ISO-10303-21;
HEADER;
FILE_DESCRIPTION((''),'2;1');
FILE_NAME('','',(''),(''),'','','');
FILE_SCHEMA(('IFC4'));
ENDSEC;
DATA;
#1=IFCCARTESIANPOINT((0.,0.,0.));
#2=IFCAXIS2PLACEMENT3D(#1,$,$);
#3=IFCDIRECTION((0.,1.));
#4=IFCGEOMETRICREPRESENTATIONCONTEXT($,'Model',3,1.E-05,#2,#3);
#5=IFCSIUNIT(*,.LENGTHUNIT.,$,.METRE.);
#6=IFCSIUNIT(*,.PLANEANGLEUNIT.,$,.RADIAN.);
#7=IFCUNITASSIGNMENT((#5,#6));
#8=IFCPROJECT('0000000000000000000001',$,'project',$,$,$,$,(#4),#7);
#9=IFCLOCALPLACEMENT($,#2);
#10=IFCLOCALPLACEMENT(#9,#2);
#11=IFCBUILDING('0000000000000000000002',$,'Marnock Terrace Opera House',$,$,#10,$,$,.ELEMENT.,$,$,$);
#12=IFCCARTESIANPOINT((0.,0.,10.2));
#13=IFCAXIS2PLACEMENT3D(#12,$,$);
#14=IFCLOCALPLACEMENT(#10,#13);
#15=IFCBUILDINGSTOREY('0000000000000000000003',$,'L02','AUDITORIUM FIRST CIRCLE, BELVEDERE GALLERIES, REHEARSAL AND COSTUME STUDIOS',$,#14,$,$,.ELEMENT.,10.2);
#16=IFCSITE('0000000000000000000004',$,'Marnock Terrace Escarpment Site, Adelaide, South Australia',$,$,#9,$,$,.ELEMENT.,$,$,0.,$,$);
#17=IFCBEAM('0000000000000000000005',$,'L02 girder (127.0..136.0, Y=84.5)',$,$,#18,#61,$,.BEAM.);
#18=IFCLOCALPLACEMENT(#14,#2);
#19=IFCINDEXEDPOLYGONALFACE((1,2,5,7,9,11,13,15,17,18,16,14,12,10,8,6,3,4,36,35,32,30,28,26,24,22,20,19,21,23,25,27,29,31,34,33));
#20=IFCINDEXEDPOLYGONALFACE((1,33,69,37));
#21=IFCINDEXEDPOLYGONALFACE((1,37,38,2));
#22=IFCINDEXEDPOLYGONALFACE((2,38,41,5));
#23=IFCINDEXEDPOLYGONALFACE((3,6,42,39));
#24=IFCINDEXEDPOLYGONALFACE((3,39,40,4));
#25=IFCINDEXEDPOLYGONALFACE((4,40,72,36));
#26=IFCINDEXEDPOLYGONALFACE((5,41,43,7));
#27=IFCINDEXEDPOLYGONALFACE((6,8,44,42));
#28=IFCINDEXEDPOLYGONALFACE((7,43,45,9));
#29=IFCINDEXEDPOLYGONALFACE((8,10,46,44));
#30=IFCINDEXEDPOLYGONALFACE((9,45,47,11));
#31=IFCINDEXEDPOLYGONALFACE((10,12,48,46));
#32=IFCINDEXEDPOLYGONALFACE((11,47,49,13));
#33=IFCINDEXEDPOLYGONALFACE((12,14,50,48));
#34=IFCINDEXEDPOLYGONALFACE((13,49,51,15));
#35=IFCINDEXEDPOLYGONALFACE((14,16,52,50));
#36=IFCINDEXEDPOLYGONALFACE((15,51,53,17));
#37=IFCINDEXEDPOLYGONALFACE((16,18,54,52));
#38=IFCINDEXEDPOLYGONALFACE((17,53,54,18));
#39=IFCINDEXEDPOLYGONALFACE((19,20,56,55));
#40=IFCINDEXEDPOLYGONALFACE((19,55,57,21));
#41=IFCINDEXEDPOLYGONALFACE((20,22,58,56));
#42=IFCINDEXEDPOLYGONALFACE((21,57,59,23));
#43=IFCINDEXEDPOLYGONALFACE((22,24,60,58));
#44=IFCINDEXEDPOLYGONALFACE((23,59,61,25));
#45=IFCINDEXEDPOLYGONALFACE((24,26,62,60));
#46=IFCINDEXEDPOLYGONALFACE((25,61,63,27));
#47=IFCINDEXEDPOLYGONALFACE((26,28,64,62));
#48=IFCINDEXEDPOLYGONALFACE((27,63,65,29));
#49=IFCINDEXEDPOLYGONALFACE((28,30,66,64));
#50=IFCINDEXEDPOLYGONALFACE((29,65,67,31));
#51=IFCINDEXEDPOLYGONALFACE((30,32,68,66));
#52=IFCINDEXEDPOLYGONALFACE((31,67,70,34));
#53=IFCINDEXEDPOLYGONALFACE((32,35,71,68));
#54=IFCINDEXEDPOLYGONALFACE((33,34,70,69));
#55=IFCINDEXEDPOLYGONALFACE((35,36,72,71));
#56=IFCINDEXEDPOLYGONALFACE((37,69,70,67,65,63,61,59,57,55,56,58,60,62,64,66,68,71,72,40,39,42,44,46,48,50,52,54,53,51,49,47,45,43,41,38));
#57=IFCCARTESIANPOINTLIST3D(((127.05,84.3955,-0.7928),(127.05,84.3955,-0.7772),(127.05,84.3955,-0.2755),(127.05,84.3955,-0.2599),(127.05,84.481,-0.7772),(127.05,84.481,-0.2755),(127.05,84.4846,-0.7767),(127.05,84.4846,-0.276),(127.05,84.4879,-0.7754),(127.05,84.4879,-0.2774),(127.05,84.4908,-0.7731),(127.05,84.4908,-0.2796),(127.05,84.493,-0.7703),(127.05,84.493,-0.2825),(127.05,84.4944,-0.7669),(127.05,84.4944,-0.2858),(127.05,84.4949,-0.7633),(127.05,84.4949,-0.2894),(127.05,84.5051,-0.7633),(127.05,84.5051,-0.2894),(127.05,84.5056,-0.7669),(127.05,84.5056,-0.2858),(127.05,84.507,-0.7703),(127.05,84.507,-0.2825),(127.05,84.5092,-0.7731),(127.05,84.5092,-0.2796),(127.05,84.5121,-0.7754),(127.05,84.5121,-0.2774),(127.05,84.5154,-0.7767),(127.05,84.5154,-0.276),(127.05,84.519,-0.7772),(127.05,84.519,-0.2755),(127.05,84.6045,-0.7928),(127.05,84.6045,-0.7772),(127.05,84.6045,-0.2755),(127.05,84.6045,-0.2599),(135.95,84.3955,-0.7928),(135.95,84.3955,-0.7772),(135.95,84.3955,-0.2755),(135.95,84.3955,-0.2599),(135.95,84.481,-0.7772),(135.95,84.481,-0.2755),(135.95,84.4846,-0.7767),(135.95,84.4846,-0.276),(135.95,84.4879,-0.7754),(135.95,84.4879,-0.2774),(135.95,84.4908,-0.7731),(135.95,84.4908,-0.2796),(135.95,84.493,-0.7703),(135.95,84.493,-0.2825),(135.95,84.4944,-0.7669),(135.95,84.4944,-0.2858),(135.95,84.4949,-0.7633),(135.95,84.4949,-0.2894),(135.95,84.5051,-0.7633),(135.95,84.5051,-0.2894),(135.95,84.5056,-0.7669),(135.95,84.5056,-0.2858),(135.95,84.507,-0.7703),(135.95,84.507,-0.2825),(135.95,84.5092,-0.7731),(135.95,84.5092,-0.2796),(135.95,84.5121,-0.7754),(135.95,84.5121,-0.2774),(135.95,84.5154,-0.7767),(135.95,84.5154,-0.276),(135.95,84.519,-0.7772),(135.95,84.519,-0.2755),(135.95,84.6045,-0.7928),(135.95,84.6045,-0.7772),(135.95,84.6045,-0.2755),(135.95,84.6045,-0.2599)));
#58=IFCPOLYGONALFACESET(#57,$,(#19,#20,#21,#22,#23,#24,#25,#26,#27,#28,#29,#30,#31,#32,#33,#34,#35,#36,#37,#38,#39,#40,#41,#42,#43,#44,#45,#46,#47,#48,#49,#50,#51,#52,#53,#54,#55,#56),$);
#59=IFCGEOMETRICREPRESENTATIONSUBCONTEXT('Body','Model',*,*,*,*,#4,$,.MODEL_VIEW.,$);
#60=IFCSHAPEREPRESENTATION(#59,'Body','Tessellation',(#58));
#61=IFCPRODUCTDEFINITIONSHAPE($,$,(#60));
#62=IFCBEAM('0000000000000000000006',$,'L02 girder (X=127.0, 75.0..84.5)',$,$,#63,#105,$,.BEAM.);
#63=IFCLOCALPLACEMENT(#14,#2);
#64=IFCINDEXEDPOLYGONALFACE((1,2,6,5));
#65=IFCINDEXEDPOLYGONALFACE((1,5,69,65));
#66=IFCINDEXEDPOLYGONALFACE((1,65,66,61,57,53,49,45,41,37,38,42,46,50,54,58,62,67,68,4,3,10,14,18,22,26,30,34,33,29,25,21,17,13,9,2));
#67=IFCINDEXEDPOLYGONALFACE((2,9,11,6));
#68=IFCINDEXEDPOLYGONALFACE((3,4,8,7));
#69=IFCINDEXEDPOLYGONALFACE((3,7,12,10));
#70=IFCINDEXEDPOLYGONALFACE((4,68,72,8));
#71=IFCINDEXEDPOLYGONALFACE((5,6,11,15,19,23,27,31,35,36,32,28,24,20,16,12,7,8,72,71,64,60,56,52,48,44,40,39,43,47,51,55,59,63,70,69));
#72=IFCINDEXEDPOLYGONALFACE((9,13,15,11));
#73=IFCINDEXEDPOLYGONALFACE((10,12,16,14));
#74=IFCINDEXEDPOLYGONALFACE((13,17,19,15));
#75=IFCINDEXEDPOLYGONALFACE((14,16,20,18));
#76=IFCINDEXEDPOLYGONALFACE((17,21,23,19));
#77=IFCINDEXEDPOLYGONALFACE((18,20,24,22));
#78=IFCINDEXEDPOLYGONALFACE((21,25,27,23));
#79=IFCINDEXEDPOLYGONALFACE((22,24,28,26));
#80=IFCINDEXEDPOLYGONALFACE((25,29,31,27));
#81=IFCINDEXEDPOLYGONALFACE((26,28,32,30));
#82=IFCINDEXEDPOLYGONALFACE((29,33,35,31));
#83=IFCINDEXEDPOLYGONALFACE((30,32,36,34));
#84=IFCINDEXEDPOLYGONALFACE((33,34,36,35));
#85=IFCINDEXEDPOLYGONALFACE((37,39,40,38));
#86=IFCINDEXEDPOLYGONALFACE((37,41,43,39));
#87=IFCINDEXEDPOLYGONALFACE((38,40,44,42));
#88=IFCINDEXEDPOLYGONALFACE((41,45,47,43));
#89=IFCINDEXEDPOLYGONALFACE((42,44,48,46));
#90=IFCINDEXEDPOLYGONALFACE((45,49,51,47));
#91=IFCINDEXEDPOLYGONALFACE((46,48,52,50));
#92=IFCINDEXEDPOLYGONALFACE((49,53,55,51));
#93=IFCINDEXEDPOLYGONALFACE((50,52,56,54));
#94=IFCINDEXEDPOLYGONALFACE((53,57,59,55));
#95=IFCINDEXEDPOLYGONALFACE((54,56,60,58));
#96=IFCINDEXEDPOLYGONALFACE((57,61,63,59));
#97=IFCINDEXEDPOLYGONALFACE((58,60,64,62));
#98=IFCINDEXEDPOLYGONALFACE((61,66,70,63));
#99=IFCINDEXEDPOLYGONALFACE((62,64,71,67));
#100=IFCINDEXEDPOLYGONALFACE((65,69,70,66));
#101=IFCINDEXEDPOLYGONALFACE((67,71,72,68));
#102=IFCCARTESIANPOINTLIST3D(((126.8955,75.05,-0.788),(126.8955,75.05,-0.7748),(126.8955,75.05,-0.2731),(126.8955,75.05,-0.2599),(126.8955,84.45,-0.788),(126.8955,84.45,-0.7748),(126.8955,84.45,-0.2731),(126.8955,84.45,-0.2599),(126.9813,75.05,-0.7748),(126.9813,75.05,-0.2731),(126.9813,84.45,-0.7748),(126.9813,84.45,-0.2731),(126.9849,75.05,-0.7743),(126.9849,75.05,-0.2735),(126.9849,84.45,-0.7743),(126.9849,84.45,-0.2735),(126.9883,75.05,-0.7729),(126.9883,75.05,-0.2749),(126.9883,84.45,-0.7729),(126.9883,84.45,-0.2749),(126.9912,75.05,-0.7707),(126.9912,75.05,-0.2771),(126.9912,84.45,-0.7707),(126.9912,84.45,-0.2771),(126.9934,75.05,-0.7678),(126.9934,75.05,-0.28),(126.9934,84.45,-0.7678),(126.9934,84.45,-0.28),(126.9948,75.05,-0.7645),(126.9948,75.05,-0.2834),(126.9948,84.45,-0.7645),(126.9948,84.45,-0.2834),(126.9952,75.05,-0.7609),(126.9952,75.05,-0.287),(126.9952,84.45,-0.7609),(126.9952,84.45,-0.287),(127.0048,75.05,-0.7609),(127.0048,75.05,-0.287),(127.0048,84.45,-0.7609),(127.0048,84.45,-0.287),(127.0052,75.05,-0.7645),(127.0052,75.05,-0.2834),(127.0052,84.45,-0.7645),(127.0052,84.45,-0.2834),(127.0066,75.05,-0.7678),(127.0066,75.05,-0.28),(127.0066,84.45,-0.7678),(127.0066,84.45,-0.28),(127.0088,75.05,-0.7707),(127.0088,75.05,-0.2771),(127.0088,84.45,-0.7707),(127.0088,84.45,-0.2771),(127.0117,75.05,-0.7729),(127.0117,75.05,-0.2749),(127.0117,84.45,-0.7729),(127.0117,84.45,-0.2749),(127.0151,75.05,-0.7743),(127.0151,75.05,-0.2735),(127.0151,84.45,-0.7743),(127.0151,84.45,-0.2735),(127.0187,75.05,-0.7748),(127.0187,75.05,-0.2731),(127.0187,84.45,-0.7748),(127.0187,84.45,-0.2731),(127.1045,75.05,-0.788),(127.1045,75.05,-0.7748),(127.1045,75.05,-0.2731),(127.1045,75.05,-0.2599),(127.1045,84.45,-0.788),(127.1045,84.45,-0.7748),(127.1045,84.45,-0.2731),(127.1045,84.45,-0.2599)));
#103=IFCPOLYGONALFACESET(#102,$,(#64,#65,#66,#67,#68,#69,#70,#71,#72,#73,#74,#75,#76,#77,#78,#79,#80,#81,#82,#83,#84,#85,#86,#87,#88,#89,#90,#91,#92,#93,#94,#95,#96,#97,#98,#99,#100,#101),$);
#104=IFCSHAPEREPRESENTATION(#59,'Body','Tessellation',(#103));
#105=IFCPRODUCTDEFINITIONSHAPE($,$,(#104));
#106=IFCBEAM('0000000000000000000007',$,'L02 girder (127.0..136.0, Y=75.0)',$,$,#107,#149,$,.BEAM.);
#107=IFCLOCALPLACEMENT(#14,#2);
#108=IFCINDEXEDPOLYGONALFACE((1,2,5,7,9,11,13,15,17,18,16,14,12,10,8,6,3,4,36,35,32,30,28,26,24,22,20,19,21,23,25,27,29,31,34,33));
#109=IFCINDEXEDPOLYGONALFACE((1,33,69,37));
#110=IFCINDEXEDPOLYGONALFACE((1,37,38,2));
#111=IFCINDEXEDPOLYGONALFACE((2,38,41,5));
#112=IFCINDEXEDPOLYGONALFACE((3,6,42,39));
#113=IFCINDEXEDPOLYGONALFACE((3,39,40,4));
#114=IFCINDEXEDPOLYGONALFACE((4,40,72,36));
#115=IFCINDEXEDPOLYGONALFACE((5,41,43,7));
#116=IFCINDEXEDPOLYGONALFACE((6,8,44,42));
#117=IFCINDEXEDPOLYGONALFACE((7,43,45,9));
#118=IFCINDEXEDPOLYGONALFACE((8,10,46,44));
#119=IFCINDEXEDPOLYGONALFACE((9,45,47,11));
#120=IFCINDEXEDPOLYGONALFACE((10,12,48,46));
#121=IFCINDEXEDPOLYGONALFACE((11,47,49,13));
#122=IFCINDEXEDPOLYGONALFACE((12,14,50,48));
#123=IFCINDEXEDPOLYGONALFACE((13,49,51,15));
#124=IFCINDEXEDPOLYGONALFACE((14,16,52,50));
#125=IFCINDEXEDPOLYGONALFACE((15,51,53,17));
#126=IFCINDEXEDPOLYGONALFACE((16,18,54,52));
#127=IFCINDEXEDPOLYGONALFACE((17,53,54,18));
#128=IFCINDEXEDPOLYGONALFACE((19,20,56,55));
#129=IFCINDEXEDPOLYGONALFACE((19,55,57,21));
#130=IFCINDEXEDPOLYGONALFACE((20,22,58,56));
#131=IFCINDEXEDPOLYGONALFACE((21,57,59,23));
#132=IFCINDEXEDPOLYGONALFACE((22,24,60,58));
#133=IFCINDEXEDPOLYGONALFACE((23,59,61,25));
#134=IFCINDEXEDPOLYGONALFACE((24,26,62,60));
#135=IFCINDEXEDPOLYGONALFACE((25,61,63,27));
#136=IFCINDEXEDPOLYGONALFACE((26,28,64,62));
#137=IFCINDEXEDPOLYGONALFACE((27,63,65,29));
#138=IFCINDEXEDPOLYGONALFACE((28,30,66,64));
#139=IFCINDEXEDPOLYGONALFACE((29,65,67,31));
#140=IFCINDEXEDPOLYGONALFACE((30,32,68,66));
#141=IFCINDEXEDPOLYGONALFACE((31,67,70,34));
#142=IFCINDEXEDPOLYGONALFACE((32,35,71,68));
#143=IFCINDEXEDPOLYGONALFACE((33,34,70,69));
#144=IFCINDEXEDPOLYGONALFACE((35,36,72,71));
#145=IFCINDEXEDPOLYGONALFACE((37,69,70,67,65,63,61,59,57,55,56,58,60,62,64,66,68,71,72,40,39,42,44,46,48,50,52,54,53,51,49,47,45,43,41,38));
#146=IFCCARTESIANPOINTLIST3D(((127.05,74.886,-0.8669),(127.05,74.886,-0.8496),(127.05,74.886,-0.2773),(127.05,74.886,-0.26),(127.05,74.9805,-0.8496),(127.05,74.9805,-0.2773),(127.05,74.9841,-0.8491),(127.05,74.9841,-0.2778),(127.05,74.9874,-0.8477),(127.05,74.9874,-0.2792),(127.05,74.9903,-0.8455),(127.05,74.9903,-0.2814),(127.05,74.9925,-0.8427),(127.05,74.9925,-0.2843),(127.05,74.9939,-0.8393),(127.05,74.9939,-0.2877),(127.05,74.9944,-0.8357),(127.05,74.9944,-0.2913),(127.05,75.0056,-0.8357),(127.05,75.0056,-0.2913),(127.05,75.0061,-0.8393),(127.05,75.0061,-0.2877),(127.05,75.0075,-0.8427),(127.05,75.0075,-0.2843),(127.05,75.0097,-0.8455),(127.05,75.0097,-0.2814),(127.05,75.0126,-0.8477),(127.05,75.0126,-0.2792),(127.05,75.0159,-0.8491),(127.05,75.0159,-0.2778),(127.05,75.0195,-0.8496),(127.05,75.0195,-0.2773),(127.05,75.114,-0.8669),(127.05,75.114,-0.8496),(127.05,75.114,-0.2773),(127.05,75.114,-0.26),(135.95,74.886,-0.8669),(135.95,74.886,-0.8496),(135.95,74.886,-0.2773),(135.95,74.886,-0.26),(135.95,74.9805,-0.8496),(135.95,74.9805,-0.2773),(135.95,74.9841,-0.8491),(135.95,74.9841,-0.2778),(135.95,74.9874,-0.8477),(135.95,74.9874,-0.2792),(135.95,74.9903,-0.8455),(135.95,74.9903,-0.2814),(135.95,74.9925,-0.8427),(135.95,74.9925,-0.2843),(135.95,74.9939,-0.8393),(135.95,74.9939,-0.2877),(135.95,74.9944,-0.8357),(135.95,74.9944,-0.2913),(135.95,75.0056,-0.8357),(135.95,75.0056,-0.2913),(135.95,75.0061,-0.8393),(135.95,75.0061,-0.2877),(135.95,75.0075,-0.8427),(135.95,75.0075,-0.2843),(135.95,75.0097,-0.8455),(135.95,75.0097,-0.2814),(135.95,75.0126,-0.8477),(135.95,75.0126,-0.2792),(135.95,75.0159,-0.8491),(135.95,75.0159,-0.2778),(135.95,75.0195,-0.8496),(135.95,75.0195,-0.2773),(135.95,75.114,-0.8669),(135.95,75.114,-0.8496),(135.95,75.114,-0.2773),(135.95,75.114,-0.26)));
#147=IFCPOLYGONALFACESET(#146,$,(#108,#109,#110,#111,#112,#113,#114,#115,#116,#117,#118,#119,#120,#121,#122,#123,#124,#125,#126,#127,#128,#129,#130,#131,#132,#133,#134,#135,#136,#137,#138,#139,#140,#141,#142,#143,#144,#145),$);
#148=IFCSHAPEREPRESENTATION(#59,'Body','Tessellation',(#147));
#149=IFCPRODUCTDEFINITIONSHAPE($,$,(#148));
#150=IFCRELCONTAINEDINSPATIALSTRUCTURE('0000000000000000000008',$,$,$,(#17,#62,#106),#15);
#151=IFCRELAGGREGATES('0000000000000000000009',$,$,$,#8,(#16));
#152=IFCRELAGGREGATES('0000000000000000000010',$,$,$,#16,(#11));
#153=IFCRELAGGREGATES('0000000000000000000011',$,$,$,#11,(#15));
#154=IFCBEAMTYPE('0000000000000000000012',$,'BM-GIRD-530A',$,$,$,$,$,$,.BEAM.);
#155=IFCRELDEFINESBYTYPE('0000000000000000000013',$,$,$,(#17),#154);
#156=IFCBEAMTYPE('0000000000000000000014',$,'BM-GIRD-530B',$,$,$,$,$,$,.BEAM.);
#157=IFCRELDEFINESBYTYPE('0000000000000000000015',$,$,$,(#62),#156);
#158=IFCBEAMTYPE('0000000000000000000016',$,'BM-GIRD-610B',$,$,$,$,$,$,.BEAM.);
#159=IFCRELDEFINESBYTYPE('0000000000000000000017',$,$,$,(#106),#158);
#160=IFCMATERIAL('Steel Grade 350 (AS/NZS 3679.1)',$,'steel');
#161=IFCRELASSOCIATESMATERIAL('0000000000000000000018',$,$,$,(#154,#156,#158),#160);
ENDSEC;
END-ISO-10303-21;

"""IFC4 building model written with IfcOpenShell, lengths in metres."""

from ifc_helpers import new_model, si_unit, direction, frame, origin, origin_2d, place, context, subcontext, project, spatial, i_section, extrude, material, material_profile, profile_set, type_object, element, save


model = new_model("IFC4")

# Units and contexts
model_context = context("Model", 3, precision=1e-05, world=origin(), true_north=direction((0.0, 1.0)))
body_context = subcontext(model_context, "Body", "Model", "MODEL_VIEW")
ifc_project = project(units=[si_unit("LENGTHUNIT", "METRE"), si_unit("PLANEANGLEUNIT", "RADIAN")], contexts=[model_context])

# Site, building, storey
site_placement = place(None, origin())
site = spatial("IfcSite", under=ifc_project, at=site_placement, Name="Marnock Terrace Escarpment Site, Adelaide, South Australia", CompositionType="ELEMENT", RefElevation=0.0)
building_placement = place(site_placement, origin())
building = spatial("IfcBuilding", under=site, at=building_placement, Name="Marnock Terrace Opera House", CompositionType="ELEMENT")
storey_placement = place(building_placement, frame((0.0, 0.0, 10.2)))
storey = spatial("IfcBuildingStorey", under=building, at=storey_placement, Name="L02", Description="AUDITORIUM FIRST CIRCLE, BELVEDERE GALLERIES, REHEARSAL AND COSTUME STUDIOS", CompositionType="ELEMENT", Elevation=10.2)

# Beams
ifc_material_1 = material(Name="Steel Grade 350 (AS/NZS 3679.1)", Category="steel")
ifc_material_profile_1 = material_profile(ifc_material_1, i_section(OverallWidth=0.209, OverallDepth=0.533, WebThickness=0.0103, FlangeThickness=0.0156, FilletRadius=0.0139, at=origin_2d()))
ifc_profile_set_1 = profile_set([ifc_material_profile_1], Name="Steel Grade 350 (AS/NZS 3679.1)")
beam_type_1 = type_object("IfcBeamType", Name="BM-GIRD-530A", PredefinedType="BEAM", material=ifc_profile_set_1)
for number, where, z_axis, x_axis, name in (
    (1, (127.05, 84.5, -0.5264), (1.0, 0.0, 0.0), (0.0, 1.0, 0.0), "L02 girder (127.0..136.0, Y=84.5)"),
):
    element("IfcBeam", number, at=place(storey_placement, frame(where, z_axis=z_axis, x_axis=x_axis)), inside=storey, type_object=beam_type_1, Name=name, PredefinedType="BEAM", context=body_context, shape_type="SweptSolid", body=[
        extrude(i_section(OverallWidth=0.209, OverallDepth=0.533, WebThickness=0.0103, FlangeThickness=0.0156, FilletRadius=0.0139, at=origin_2d()), origin(), (0.0, 0.0, 1.0), 8.8999),
    ])
ifc_material_profile_2 = material_profile(ifc_material_1, i_section(OverallWidth=0.209, OverallDepth=0.5281, WebThickness=0.0095, FlangeThickness=0.0132, FilletRadius=0.0139, at=origin_2d()))
ifc_profile_set_2 = profile_set([ifc_material_profile_2], Name="Steel Grade 350 (AS/NZS 3679.1)")
beam_type_2 = type_object("IfcBeamType", Name="BM-GIRD-530B", PredefinedType="BEAM", material=ifc_profile_set_2)
beam_1_placement = place(storey_placement, frame((127.0, 75.05, -0.5239), z_axis=(0.0, 1.0, 0.0), x_axis=(-1.0, 0.0, 0.0)))
element("IfcBeam", 2, at=beam_1_placement, inside=storey, type_object=beam_type_2, Name="L02 girder (X=127.0, 75.0..84.5)", PredefinedType="BEAM", context=body_context, shape_type="SweptSolid", body=[
    extrude(i_section(OverallWidth=0.209, OverallDepth=0.5281, WebThickness=0.0095, FlangeThickness=0.0132, FilletRadius=0.0139, at=origin_2d()), origin(), (0.0, 0.0, 1.0), 9.3999),
])
ifc_material_profile_3 = material_profile(ifc_material_1, i_section(OverallWidth=0.228, OverallDepth=0.6069, WebThickness=0.0112, FlangeThickness=0.0173, FilletRadius=0.0139, at=origin_2d()))
ifc_profile_set_3 = profile_set([ifc_material_profile_3], Name="Steel Grade 350 (AS/NZS 3679.1)")
beam_type_3 = type_object("IfcBeamType", Name="BM-GIRD-610B", PredefinedType="BEAM", material=ifc_profile_set_3)
beam_2_placement = place(storey_placement, frame((127.05, 75.0, -0.5635), z_axis=(1.0, 0.0, 0.0), x_axis=(0.0, 1.0, 0.0)))
element("IfcBeam", 3, at=beam_2_placement, inside=storey, type_object=beam_type_3, Name="L02 girder (127.0..136.0, Y=75.0)", PredefinedType="BEAM", context=body_context, shape_type="SweptSolid", body=[
    extrude(i_section(OverallWidth=0.228, OverallDepth=0.6069, WebThickness=0.0112, FlangeThickness=0.0173, FilletRadius=0.0139, at=origin_2d()), origin(), (0.0, 0.0, 1.0), 8.8999),
])

save(model, "model.ifc")
